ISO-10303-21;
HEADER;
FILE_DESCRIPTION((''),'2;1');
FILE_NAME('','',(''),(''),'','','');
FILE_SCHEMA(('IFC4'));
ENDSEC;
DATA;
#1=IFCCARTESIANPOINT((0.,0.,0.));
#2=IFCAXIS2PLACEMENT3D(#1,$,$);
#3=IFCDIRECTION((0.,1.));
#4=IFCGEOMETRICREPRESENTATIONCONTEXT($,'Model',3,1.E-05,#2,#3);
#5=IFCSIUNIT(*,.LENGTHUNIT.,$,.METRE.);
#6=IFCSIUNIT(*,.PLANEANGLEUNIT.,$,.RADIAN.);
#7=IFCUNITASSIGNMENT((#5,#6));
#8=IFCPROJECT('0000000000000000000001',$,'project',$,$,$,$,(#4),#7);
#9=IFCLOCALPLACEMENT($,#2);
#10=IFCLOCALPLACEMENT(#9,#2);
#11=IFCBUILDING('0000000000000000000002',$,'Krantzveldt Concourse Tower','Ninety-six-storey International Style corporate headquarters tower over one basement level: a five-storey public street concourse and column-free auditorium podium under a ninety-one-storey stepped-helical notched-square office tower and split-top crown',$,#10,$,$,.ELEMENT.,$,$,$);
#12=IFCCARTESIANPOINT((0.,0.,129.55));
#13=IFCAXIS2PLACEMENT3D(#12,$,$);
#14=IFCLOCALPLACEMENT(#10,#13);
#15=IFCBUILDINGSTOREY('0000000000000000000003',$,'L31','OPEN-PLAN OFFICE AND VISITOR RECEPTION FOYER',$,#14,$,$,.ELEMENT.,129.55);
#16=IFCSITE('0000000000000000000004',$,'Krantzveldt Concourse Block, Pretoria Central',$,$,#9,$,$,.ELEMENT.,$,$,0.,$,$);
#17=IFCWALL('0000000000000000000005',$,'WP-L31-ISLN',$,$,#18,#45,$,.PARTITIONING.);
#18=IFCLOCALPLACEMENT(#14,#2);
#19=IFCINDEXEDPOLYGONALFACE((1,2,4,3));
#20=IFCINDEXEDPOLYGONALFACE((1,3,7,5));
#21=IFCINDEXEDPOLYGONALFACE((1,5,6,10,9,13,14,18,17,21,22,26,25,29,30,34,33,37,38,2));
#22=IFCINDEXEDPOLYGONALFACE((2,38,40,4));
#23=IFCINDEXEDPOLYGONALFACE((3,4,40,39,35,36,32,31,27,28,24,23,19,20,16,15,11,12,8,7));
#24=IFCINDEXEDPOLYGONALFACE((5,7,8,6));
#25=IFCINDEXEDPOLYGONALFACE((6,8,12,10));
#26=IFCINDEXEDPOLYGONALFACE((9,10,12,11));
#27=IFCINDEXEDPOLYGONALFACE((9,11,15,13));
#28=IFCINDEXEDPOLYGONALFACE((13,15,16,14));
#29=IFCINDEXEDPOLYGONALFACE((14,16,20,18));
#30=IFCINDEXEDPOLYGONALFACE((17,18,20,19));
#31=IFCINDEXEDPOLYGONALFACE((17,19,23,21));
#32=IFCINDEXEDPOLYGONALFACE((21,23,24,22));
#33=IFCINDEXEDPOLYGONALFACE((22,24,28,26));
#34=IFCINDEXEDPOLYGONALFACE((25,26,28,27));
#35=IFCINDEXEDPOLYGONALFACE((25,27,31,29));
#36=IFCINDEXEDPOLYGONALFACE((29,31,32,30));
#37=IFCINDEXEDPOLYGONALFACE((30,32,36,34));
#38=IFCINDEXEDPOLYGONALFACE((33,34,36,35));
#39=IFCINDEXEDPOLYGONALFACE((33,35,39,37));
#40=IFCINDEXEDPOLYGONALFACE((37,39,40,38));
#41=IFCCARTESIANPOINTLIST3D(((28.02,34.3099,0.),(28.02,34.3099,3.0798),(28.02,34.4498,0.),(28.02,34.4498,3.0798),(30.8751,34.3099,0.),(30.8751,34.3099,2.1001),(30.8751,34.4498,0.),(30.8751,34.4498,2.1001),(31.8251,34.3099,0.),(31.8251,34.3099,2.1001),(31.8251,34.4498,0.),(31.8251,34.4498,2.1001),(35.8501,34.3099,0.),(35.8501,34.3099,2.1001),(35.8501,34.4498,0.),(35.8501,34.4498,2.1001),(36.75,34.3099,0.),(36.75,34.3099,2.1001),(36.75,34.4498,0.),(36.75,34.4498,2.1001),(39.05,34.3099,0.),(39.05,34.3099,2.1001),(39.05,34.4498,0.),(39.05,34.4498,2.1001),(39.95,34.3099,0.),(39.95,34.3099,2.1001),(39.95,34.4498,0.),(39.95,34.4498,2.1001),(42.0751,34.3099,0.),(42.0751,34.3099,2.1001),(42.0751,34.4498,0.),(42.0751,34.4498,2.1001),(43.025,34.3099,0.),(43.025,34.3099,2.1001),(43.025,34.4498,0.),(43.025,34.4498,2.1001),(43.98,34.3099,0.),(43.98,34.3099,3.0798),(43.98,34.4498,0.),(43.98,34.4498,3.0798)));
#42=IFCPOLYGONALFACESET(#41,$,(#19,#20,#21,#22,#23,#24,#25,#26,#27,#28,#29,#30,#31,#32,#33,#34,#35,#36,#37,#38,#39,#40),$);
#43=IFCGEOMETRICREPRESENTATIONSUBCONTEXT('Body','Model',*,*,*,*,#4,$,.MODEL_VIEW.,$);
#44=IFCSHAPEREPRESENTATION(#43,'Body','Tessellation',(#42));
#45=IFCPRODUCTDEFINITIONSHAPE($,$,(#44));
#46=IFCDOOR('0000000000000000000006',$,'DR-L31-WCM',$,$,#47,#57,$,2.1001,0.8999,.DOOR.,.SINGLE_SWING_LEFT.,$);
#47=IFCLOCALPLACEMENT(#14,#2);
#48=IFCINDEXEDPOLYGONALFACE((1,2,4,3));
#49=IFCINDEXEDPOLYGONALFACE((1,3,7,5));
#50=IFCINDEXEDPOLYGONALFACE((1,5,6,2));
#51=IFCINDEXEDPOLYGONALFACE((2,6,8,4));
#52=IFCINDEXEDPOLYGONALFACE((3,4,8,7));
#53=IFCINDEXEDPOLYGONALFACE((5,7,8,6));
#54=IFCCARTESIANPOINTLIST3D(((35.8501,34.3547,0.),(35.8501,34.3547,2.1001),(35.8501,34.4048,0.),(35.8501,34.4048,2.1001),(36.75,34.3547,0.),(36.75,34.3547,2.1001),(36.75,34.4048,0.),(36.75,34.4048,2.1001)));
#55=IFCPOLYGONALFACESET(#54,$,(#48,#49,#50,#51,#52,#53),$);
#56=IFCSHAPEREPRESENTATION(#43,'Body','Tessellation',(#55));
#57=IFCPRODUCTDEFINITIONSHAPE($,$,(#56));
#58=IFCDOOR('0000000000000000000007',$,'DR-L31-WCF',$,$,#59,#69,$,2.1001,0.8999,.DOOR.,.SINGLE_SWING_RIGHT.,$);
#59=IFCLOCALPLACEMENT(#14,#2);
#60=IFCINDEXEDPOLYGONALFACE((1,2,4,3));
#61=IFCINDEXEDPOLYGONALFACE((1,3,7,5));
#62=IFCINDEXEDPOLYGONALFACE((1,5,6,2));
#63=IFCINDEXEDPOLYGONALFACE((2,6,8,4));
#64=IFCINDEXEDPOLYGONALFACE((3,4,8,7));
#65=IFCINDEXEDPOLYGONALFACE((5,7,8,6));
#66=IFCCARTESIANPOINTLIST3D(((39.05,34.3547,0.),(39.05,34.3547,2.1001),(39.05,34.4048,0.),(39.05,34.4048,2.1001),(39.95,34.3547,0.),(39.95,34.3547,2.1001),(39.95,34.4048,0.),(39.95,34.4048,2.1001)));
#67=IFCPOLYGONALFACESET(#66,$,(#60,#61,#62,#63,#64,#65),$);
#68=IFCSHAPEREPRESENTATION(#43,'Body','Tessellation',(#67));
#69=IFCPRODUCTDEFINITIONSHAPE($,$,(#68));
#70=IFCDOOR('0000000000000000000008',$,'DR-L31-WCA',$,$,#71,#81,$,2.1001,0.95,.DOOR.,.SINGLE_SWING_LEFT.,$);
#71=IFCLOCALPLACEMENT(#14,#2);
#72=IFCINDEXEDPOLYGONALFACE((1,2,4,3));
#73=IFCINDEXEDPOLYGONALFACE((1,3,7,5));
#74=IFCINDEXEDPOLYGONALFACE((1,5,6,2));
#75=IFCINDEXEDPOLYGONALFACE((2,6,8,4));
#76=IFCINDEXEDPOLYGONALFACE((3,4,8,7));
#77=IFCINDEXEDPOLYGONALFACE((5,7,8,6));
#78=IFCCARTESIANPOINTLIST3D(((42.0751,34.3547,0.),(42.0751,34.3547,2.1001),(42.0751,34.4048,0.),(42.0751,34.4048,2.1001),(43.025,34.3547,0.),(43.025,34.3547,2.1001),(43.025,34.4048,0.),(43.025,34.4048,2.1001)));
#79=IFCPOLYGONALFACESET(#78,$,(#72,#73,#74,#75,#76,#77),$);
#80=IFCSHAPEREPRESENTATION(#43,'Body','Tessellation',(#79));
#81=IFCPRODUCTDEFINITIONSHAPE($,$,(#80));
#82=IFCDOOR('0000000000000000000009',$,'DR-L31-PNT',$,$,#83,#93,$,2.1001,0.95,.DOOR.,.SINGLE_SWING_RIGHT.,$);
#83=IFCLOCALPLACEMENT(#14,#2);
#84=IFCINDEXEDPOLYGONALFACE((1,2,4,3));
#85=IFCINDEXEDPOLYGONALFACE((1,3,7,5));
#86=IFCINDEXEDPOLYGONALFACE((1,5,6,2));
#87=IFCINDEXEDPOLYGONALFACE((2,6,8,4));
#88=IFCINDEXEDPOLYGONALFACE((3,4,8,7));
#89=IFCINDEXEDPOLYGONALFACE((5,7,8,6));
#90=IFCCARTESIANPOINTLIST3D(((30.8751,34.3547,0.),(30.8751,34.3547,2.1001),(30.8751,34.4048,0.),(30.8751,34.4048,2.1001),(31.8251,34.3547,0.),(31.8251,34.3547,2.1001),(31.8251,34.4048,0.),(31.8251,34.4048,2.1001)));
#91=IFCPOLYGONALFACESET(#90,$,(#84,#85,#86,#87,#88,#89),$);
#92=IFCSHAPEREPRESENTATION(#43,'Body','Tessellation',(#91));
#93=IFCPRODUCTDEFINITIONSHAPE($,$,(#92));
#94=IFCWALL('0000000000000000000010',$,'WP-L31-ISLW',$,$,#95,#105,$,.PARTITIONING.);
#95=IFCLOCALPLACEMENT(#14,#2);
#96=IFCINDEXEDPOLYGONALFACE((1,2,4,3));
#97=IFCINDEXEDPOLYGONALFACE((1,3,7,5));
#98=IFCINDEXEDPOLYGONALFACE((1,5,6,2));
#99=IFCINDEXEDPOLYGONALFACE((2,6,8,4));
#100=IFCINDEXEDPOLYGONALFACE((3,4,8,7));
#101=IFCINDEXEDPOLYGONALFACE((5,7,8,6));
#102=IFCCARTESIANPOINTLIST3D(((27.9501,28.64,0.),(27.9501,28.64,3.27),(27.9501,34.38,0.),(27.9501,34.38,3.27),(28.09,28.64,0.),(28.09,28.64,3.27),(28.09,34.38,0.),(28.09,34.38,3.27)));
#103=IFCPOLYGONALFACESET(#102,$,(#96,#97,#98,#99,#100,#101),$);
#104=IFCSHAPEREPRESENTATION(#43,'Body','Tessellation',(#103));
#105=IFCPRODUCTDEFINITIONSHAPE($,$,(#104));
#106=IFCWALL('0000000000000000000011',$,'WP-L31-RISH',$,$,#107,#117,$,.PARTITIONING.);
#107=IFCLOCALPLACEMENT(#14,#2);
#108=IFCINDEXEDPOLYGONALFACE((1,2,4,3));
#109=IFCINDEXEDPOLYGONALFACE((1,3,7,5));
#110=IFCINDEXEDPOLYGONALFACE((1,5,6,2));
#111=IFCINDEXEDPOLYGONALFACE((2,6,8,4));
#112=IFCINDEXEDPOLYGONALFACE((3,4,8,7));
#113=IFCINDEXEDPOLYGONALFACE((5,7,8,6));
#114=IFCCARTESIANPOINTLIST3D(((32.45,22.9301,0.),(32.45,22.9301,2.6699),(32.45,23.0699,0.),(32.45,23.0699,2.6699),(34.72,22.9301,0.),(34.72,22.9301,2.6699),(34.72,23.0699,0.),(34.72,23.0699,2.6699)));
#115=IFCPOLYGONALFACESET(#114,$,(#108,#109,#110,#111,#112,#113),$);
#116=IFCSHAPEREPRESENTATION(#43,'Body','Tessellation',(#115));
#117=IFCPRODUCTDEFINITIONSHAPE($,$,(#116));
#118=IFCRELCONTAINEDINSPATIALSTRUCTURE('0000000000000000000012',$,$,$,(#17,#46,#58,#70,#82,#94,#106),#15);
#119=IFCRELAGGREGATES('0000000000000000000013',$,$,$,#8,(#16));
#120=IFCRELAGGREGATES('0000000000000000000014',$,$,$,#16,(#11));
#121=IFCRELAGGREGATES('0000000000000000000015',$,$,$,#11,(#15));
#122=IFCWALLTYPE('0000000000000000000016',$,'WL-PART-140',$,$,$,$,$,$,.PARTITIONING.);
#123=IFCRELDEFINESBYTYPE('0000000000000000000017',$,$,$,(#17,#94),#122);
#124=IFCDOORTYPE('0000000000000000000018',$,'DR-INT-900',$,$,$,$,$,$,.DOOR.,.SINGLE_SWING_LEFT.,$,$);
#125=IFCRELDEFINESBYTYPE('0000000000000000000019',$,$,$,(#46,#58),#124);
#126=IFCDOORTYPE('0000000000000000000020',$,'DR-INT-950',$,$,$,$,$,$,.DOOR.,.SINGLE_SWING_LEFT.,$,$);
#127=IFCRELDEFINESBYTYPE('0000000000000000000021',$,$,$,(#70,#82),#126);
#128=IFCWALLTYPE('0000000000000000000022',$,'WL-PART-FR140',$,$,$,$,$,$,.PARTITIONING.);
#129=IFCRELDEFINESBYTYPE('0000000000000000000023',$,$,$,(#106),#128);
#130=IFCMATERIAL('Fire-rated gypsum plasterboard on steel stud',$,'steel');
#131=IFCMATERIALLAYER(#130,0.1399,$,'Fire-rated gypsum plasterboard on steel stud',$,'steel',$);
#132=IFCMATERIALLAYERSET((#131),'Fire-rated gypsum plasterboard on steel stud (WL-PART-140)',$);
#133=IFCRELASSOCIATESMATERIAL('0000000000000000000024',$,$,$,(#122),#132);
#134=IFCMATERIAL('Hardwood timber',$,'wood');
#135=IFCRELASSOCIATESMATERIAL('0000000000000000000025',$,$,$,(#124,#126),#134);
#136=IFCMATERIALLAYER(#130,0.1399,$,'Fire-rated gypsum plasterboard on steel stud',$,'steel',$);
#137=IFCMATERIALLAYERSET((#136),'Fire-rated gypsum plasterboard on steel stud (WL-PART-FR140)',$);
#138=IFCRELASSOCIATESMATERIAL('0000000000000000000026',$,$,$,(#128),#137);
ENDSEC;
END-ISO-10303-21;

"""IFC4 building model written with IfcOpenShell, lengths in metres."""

from ifc_helpers import new_model, si_unit, direction, frame, frame_2d, origin, place, context, subcontext, project, spatial, rectangle, extrude, material, layer, layer_set, type_object, element, fill, save


model = new_model("IFC4")

# Units and contexts
model_context = context("Model", 3, precision=1e-05, world=origin(), true_north=direction((0.0, 1.0)))
body_context = subcontext(model_context, "Body", "Model", "MODEL_VIEW")
ifc_project = project(units=[si_unit("LENGTHUNIT", "METRE"), si_unit("PLANEANGLEUNIT", "RADIAN")], contexts=[model_context])

# Site, building, storey
site_placement = place(None, origin())
site = spatial("IfcSite", under=ifc_project, at=site_placement, Name="Krantzveldt Concourse Block, Pretoria Central", CompositionType="ELEMENT", RefElevation=0.0)
building_placement = place(site_placement, origin())
building = spatial("IfcBuilding", under=site, at=building_placement, Name="Krantzveldt Concourse Tower", Description="Ninety-six-storey International Style corporate headquarters tower over one basement level: a five-storey public street concourse and column-free auditorium podium under a ninety-one-storey stepped-helical notched-square office tower and split-top crown", CompositionType="ELEMENT")
storey_placement = place(building_placement, frame((0.0, 0.0, 129.55)))
storey = spatial("IfcBuildingStorey", under=building, at=storey_placement, Name="L31", Description="OPEN-PLAN OFFICE AND VISITOR RECEPTION FOYER", CompositionType="ELEMENT", Elevation=129.55)

# Shared definitions
ifc_material_1 = material(Name="Fire-rated gypsum plasterboard on steel stud", Category="steel")

# Shared definitions
ifc_layer_1 = layer(ifc_material_1, 0.1399, Name="Fire-rated gypsum plasterboard on steel stud", Category="steel")
ifc_layer_set_1 = layer_set([ifc_layer_1], Name="Fire-rated gypsum plasterboard on steel stud (WL-PART-140)")
wall_type_1 = type_object("IfcWallType", Name="WL-PART-140", PredefinedType="PARTITIONING", material=ifc_layer_set_1)
ifc_material_2 = material(Name="Hardwood timber", Category="wood")

# Wall, openings, doors
wall_1_placement = place(storey_placement, frame((28.02, 34.3799, 0.0), z_axis=(0.0, 0.0, 1.0), x_axis=(1.0, 0.0, 0.0)))
wall_1 = element("IfcWall", 1, at=wall_1_placement, inside=storey, type_object=wall_type_1, Name="WP-L31-ISLN", PredefinedType="PARTITIONING", context=body_context, shape_type="SweptSolid", body=[
    extrude(rectangle(XDim=15.96, YDim=0.1399, at=frame_2d((7.98, 0.0))), origin(), (0.0, 0.0, 1.0), 3.0798),
])
opening_1_placement = place(wall_1_placement, frame((7.8301, 0.0, 0.0)))
opening_1 = element("IfcOpeningElement", 2, at=opening_1_placement, cuts=wall_1, PredefinedType="OPENING", context=body_context, shape_type="SweptSolid", body=[
    extrude(rectangle(XDim=0.8999, YDim=2.1001, at=frame_2d((0.45, 1.05))), frame((0.0, 0.0801, 0.0), z_axis=(0.0, -1.0, 0.0), x_axis=(1.0, 0.0, 0.0)), (0.0, 0.0, 1.0), 0.1599),
])
opening_2_placement = place(wall_1_placement, frame((11.03, 0.0, 0.0)))
opening_2 = element("IfcOpeningElement", 3, at=opening_2_placement, cuts=wall_1, PredefinedType="OPENING", context=body_context, shape_type="SweptSolid", body=[
    extrude(rectangle(XDim=0.8999, YDim=2.1001, at=frame_2d((0.45, 1.05))), frame((0.0, 0.0801, 0.0), z_axis=(0.0, -1.0, 0.0), x_axis=(1.0, 0.0, 0.0)), (0.0, 0.0, 1.0), 0.1599),
])
opening_3_placement = place(wall_1_placement, frame((14.0549, 0.0, 0.0)))
opening_3 = element("IfcOpeningElement", 4, at=opening_3_placement, cuts=wall_1, PredefinedType="OPENING", context=body_context, shape_type="SweptSolid", body=[
    extrude(rectangle(XDim=0.95, YDim=2.1001, at=frame_2d((0.4751, 1.05))), frame((0.0, 0.0801, 0.0), z_axis=(0.0, -1.0, 0.0), x_axis=(1.0, 0.0, 0.0)), (0.0, 0.0, 1.0), 0.1599),
])
opening_4_placement = place(wall_1_placement, frame((2.855, 0.0, 0.0)))
opening_4 = element("IfcOpeningElement", 5, at=opening_4_placement, cuts=wall_1, PredefinedType="OPENING", context=body_context, shape_type="SweptSolid", body=[
    extrude(rectangle(XDim=0.95, YDim=2.1001, at=frame_2d((0.4751, 1.05))), frame((0.0, 0.0801, 0.0), z_axis=(0.0, -1.0, 0.0), x_axis=(1.0, 0.0, 0.0)), (0.0, 0.0, 1.0), 0.1599),
])
door_type_1 = type_object("IfcDoorType", Name="DR-INT-900", OperationType="SINGLE_SWING_LEFT", PredefinedType="DOOR", material=ifc_material_2)
door_1_placement = place(opening_1_placement, origin())
door_1 = element("IfcDoor", 6, at=door_1_placement, inside=storey, type_object=door_type_1, Name="DR-L31-WCM", OperationType="SINGLE_SWING_LEFT", OverallHeight=2.1001, OverallWidth=0.8999, PredefinedType="DOOR", context=body_context, shape_type="SweptSolid", body=[
    extrude(rectangle(XDim=0.8999, YDim=2.1001, at=frame_2d((0.45, 1.05))), frame((0.0, 0.0249, 0.0), z_axis=(0.0, -1.0, 0.0), x_axis=(1.0, 0.0, 0.0)), (0.0, 0.0, 1.0), 0.05),
])
fill(opening_1, door_1)
door_2_placement = place(opening_2_placement, origin())
door_2 = element("IfcDoor", 7, at=door_2_placement, inside=storey, type_object=door_type_1, Name="DR-L31-WCF", OperationType="SINGLE_SWING_RIGHT", OverallHeight=2.1001, OverallWidth=0.8999, PredefinedType="DOOR", context=body_context, shape_type="SweptSolid", body=[
    extrude(rectangle(XDim=0.8999, YDim=2.1001, at=frame_2d((0.45, 1.05))), frame((0.0, 0.0249, 0.0), z_axis=(0.0, -1.0, 0.0), x_axis=(1.0, 0.0, 0.0)), (0.0, 0.0, 1.0), 0.05),
])
fill(opening_2, door_2)
door_type_2 = type_object("IfcDoorType", Name="DR-INT-950", OperationType="SINGLE_SWING_LEFT", PredefinedType="DOOR", material=ifc_material_2)
door_3_placement = place(opening_3_placement, origin())
door_3 = element("IfcDoor", 8, at=door_3_placement, inside=storey, type_object=door_type_2, Name="DR-L31-WCA", OperationType="SINGLE_SWING_LEFT", OverallHeight=2.1001, OverallWidth=0.95, PredefinedType="DOOR", context=body_context, shape_type="SweptSolid", body=[
    extrude(rectangle(XDim=0.95, YDim=2.1001, at=frame_2d((0.4751, 1.05))), frame((0.0, 0.0249, 0.0), z_axis=(0.0, -1.0, 0.0), x_axis=(1.0, 0.0, 0.0)), (0.0, 0.0, 1.0), 0.05),
])
fill(opening_3, door_3)
door_4_placement = place(opening_4_placement, origin())
door_4 = element("IfcDoor", 9, at=door_4_placement, inside=storey, type_object=door_type_2, Name="DR-L31-PNT", OperationType="SINGLE_SWING_RIGHT", OverallHeight=2.1001, OverallWidth=0.95, PredefinedType="DOOR", context=body_context, shape_type="SweptSolid", body=[
    extrude(rectangle(XDim=0.95, YDim=2.1001, at=frame_2d((0.4751, 1.05))), frame((0.0, 0.0249, 0.0), z_axis=(0.0, -1.0, 0.0), x_axis=(1.0, 0.0, 0.0)), (0.0, 0.0, 1.0), 0.05),
])
fill(opening_4, door_4)

# Walls
wall_2_placement = place(storey_placement, frame((28.02, 28.6399, 0.0), z_axis=(0.0, 0.0, 1.0), x_axis=(0.0, 1.0, 0.0)))
element("IfcWall", 10, at=wall_2_placement, inside=storey, type_object=wall_type_1, Name="WP-L31-ISLW", PredefinedType="PARTITIONING", context=body_context, shape_type="SweptSolid", body=[
    extrude(rectangle(XDim=5.74, YDim=0.1399, at=frame_2d((2.8701, 0.0))), origin(), (0.0, 0.0, 1.0), 3.27),
])
ifc_layer_2 = layer(ifc_material_1, 0.1399, Name="Fire-rated gypsum plasterboard on steel stud", Category="steel")
ifc_layer_set_2 = layer_set([ifc_layer_2], Name="Fire-rated gypsum plasterboard on steel stud (WL-PART-FR140)")
wall_type_2 = type_object("IfcWallType", Name="WL-PART-FR140", PredefinedType="PARTITIONING", material=ifc_layer_set_2)
wall_3_placement = place(storey_placement, frame((32.45, 23.0, 0.0), z_axis=(0.0, 0.0, 1.0), x_axis=(1.0, 0.0, 0.0)))
element("IfcWall", 11, at=wall_3_placement, inside=storey, type_object=wall_type_2, Name="WP-L31-RISH", PredefinedType="PARTITIONING", context=body_context, shape_type="SweptSolid", body=[
    extrude(rectangle(XDim=2.27, YDim=0.1399, at=frame_2d((1.135, 0.0))), origin(), (0.0, 0.0, 1.0), 2.6699),
])

save(model, "model.ifc")
